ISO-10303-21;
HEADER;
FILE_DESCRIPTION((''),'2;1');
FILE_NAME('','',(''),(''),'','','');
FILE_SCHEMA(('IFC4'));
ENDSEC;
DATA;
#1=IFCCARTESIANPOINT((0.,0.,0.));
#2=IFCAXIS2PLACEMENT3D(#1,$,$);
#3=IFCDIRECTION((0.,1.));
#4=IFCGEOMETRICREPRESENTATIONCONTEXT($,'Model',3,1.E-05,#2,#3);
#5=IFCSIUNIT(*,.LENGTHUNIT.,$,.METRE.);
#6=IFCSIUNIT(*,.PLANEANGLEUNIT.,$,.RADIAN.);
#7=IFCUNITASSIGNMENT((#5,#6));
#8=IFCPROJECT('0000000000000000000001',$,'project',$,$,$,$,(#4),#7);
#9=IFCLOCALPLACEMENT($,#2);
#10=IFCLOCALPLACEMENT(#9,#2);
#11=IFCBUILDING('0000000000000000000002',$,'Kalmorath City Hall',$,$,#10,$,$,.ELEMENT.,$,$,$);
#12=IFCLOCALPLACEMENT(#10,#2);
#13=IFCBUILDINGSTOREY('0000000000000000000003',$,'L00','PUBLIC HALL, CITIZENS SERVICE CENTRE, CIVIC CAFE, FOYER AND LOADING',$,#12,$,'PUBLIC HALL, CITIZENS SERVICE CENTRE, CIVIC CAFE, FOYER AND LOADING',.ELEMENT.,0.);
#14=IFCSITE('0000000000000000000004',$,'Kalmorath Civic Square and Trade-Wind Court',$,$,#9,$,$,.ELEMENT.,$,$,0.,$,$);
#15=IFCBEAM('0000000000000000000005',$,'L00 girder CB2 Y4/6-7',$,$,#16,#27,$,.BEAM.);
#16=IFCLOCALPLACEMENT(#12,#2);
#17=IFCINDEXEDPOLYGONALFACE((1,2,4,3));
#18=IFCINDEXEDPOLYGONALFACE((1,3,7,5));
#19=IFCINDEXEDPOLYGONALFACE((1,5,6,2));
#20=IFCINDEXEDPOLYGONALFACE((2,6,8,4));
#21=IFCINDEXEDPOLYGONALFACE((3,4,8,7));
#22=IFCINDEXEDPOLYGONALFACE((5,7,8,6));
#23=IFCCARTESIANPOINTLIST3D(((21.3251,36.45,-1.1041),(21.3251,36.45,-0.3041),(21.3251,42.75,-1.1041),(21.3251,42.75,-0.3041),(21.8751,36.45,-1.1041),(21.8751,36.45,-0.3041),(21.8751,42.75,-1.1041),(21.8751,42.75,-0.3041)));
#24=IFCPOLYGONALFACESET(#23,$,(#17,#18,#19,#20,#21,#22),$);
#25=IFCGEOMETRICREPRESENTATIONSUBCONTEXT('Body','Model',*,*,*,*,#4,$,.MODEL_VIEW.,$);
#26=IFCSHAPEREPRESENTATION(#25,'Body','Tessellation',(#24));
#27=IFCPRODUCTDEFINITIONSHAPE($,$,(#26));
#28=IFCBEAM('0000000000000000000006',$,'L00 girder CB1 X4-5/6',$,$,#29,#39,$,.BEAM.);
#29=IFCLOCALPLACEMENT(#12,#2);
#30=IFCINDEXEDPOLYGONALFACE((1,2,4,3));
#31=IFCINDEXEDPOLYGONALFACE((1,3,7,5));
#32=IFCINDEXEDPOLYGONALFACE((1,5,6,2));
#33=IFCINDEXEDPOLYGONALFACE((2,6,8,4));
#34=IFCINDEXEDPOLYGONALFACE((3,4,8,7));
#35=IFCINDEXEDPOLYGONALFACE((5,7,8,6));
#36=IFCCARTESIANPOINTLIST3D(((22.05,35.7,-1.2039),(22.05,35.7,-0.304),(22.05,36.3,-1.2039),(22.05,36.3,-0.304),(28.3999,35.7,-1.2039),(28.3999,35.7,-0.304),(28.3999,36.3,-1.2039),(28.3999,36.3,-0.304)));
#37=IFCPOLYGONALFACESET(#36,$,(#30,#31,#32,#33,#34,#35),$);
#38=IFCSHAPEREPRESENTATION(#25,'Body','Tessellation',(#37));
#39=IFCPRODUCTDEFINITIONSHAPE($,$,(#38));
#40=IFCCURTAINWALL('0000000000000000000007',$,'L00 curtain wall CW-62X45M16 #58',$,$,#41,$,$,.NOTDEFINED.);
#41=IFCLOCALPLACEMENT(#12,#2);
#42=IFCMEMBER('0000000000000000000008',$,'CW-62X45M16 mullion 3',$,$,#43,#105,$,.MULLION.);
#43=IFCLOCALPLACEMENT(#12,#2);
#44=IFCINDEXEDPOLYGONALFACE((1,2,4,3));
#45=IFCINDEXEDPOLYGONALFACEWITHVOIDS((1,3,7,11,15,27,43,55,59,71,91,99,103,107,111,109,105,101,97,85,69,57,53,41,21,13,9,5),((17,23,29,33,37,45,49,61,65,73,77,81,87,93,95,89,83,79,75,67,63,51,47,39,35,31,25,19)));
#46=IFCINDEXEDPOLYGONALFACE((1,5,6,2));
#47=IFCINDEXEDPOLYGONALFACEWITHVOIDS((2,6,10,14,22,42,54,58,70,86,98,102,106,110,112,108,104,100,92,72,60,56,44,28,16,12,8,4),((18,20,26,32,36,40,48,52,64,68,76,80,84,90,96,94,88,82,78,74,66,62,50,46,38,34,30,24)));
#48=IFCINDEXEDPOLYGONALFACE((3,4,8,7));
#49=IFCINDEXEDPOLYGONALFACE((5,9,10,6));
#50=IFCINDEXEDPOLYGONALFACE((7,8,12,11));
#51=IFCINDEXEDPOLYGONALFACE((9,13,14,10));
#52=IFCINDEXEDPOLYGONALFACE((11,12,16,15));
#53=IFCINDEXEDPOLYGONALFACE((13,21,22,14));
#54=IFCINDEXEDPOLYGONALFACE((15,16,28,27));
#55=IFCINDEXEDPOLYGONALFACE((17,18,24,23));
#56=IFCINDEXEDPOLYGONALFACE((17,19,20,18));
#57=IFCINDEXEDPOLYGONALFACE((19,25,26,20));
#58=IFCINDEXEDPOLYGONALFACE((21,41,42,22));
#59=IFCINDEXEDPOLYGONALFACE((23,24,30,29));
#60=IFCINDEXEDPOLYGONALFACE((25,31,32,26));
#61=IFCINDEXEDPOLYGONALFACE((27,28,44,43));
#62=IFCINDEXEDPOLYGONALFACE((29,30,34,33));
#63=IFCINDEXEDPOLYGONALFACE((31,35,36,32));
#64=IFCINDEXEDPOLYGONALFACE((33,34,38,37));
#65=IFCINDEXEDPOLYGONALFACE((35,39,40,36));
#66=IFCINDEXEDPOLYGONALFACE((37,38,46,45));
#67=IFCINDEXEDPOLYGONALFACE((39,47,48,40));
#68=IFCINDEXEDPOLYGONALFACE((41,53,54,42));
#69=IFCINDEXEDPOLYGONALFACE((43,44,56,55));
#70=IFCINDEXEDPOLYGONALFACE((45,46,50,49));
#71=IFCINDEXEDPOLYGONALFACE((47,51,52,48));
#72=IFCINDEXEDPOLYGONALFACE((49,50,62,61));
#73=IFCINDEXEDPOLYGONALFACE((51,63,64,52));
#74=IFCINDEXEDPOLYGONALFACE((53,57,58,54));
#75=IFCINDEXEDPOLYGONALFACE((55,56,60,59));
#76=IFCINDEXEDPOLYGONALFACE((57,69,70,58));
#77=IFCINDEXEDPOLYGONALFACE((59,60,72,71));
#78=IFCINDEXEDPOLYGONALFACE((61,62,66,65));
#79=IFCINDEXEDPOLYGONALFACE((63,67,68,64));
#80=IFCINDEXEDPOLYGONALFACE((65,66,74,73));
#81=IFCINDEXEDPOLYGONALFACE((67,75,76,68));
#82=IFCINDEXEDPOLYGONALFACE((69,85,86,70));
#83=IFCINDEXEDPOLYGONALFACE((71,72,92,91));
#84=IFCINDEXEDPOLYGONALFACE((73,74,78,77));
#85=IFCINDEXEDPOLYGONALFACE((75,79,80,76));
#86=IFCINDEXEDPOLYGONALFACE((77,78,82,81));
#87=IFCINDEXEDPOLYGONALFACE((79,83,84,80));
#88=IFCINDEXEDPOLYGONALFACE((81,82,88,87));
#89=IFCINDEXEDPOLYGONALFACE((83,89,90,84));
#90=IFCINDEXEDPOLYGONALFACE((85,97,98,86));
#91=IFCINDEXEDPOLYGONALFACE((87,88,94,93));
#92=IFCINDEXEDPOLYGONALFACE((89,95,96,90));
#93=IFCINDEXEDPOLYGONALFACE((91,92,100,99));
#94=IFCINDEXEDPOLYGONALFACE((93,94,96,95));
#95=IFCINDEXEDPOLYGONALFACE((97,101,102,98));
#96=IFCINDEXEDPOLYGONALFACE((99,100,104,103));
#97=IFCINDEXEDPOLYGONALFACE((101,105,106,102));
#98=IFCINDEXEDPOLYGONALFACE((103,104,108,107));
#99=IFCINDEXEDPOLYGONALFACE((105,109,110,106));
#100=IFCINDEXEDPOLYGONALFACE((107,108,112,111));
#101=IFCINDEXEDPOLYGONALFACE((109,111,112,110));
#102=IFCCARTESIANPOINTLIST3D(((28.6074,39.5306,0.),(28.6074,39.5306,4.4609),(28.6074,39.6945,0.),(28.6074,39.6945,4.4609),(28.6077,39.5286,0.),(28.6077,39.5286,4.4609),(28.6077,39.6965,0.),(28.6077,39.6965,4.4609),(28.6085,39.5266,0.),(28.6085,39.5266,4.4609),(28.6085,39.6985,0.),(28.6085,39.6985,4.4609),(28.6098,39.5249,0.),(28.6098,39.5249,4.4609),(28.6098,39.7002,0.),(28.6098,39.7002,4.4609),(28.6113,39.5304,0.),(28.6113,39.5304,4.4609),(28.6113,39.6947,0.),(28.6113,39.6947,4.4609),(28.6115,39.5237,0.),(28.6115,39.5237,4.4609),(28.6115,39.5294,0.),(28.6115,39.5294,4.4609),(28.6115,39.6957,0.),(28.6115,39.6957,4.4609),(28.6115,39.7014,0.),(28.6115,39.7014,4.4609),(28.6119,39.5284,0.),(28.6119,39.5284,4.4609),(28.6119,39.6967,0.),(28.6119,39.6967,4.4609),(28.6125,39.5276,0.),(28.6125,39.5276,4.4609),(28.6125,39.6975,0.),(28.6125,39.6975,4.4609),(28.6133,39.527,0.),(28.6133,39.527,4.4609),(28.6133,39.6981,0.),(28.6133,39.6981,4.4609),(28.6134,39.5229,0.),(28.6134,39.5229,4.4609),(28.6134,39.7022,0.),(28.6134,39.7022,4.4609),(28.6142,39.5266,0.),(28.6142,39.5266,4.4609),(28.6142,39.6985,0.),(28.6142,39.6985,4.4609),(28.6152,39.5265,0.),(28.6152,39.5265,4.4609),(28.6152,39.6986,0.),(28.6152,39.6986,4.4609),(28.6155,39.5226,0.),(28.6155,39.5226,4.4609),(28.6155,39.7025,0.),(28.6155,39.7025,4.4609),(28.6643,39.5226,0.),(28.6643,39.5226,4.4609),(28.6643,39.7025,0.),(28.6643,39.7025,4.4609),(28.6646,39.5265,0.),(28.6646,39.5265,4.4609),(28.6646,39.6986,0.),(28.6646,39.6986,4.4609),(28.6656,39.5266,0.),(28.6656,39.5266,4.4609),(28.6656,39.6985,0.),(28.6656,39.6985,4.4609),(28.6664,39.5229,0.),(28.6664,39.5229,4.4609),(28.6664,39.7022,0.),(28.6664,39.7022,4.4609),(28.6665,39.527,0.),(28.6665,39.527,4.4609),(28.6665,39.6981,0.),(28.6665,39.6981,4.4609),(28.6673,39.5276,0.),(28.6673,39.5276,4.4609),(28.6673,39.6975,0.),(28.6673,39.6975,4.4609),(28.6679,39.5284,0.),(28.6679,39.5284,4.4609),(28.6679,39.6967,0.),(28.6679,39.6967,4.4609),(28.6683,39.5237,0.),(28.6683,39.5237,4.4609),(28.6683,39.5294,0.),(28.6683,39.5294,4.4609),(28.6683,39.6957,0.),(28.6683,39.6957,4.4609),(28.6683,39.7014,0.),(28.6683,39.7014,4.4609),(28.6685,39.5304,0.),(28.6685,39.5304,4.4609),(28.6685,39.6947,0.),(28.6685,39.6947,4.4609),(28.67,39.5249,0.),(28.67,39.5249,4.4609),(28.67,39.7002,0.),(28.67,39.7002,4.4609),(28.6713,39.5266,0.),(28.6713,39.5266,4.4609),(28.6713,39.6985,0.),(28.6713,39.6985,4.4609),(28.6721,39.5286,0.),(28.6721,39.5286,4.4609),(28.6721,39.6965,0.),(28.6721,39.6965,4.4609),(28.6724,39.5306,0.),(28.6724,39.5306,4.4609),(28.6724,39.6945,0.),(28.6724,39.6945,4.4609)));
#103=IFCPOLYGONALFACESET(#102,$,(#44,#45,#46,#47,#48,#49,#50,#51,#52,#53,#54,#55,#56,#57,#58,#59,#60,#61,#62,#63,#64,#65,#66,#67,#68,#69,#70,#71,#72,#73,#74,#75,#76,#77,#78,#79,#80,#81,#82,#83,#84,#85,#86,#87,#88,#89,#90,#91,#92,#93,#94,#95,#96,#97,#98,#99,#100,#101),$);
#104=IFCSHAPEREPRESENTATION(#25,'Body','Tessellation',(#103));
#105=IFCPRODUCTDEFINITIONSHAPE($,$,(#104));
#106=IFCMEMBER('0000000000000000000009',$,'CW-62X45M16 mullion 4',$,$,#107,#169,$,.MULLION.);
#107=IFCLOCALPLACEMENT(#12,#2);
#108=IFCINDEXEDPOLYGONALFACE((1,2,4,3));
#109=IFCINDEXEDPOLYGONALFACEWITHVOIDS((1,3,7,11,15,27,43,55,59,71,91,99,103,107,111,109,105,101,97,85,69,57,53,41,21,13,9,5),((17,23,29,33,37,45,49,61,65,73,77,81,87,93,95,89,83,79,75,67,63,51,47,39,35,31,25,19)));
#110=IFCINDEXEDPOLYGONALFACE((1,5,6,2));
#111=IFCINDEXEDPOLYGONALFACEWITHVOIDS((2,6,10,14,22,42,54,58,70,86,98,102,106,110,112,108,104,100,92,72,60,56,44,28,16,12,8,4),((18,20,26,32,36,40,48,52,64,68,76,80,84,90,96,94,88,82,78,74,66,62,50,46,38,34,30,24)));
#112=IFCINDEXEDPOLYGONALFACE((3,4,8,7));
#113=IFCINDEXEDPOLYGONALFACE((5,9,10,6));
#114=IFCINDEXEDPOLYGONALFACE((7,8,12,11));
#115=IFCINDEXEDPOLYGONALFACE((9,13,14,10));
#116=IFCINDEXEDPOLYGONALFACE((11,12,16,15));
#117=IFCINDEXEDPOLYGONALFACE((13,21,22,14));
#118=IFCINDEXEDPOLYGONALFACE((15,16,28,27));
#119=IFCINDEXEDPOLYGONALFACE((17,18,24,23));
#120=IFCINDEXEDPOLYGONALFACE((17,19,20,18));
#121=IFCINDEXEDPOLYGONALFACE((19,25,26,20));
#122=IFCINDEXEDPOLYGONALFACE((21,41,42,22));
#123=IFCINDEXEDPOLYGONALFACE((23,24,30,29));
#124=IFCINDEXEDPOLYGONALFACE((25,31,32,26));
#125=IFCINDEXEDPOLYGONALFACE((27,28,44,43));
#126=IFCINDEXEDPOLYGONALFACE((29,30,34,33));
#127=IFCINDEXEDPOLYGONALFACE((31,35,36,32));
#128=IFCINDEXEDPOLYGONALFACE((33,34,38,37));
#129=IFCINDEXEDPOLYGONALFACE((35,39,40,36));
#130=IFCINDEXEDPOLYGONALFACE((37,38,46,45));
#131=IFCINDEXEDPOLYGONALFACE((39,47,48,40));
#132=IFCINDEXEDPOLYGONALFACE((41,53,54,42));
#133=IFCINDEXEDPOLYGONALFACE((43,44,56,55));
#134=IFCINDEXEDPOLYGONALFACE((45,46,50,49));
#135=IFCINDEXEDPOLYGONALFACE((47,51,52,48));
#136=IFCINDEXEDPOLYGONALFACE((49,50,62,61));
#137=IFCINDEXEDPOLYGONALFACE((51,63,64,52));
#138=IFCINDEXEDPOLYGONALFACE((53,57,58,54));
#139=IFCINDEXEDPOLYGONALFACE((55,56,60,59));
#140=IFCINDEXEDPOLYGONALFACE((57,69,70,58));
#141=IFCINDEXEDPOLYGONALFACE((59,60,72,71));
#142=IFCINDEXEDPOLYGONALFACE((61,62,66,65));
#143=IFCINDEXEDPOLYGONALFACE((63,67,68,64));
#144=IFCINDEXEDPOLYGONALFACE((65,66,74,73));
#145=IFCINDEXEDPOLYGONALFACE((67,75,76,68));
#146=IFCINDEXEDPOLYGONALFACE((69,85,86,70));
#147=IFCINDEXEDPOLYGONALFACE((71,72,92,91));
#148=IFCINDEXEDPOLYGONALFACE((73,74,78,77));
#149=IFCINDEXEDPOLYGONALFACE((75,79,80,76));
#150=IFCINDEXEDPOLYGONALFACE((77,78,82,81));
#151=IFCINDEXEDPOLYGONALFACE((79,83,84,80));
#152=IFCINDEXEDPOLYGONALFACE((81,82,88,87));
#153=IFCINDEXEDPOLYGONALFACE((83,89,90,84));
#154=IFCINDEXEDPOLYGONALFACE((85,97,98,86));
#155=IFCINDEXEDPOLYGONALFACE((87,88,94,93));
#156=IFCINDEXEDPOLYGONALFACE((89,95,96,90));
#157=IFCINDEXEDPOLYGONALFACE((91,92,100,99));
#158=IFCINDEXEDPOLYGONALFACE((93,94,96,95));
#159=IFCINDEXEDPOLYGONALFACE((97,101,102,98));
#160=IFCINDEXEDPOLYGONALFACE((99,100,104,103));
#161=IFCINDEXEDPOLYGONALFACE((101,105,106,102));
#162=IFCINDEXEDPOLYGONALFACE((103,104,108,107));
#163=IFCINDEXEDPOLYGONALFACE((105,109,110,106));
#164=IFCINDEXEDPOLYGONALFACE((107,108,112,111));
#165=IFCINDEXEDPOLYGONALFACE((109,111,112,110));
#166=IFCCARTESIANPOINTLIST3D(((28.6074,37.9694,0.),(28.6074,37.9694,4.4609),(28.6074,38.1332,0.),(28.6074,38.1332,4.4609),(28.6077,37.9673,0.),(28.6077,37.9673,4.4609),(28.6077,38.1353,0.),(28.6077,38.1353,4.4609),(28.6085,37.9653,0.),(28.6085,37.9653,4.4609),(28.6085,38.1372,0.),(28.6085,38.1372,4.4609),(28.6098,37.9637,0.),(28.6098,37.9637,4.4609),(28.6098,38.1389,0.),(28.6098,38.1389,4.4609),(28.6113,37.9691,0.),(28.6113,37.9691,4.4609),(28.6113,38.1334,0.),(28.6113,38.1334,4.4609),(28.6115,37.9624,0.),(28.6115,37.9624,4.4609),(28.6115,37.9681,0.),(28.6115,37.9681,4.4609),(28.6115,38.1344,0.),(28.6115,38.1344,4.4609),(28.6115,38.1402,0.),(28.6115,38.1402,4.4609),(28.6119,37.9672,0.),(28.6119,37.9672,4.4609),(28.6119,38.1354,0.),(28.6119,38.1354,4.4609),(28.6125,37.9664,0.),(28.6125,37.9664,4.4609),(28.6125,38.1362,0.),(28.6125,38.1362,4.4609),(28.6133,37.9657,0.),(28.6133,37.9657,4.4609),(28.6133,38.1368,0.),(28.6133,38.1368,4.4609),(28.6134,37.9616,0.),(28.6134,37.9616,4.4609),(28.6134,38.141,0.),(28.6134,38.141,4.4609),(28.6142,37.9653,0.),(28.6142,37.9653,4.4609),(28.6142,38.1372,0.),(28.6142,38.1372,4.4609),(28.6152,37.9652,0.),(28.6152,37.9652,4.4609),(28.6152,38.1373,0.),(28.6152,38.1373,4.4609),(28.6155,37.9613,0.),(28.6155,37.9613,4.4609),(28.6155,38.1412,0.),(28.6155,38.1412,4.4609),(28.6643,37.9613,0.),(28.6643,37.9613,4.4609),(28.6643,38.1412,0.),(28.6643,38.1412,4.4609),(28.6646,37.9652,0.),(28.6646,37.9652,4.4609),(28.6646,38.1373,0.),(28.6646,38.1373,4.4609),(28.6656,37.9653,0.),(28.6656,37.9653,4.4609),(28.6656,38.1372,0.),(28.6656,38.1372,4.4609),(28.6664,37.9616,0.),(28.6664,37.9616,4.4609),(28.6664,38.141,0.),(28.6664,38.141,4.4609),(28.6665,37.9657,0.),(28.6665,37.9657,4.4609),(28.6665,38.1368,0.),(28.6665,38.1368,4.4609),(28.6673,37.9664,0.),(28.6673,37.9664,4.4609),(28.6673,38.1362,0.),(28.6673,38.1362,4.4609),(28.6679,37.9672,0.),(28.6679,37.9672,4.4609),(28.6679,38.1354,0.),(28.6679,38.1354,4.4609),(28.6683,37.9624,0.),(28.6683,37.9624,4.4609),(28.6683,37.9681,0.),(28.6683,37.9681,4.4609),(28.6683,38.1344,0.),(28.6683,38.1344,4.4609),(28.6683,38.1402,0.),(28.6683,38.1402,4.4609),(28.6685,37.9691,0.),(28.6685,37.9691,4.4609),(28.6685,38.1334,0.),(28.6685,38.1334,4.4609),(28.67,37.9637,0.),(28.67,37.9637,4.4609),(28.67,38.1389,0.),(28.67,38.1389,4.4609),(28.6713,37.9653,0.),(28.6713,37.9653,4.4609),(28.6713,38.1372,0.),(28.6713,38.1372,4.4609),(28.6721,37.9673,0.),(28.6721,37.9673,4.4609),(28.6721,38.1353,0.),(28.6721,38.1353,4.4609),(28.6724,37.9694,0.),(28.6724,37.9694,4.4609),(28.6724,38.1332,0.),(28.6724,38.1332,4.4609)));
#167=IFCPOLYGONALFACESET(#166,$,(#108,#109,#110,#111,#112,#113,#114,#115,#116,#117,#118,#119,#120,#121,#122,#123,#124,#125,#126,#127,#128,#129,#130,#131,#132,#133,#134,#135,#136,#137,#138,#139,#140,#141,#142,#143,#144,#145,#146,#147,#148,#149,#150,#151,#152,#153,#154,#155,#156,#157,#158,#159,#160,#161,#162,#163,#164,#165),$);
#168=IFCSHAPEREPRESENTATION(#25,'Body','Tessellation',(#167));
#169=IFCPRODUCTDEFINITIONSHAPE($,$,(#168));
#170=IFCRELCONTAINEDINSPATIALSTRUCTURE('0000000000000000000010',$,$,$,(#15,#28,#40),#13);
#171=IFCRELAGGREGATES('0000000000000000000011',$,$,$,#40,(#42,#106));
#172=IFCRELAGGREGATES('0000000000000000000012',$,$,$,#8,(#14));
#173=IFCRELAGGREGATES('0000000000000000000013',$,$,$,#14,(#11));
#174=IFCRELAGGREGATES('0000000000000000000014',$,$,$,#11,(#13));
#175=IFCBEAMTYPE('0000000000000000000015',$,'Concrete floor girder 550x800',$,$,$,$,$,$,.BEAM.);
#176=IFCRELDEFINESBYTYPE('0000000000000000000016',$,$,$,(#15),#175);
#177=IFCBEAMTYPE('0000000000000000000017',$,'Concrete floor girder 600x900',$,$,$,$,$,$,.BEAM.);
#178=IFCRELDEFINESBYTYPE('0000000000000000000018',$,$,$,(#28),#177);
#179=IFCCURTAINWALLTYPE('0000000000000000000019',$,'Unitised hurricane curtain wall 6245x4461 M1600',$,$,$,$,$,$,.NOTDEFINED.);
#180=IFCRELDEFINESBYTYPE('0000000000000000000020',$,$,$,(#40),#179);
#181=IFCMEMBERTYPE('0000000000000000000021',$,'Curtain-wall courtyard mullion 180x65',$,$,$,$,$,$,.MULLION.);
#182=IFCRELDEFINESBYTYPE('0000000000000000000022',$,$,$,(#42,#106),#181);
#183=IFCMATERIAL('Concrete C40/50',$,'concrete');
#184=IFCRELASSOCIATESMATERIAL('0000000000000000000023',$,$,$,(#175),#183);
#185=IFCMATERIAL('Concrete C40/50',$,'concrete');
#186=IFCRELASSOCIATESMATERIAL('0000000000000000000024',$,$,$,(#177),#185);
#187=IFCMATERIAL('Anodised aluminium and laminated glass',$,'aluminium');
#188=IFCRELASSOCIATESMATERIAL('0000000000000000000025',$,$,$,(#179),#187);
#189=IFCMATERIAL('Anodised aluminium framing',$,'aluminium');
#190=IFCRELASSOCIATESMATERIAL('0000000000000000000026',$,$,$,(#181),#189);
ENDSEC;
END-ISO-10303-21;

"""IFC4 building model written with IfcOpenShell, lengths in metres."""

from ifc_helpers import new_model, si_unit, direction, frame, origin, origin_2d, place, context, subcontext, project, spatial, rectangle, hollow_rectangle, extrude, material, material_profile, profile_set, type_object, element, aggregate, save


model = new_model("IFC4")

# Units and contexts
model_context = context("Model", 3, precision=1e-05, world=origin(), true_north=direction((0.0, 1.0)))
body_context = subcontext(model_context, "Body", "Model", "MODEL_VIEW")
ifc_project = project(units=[si_unit("LENGTHUNIT", "METRE"), si_unit("PLANEANGLEUNIT", "RADIAN")], contexts=[model_context])

# Site, building, storey
site_placement = place(None, origin())
site = spatial("IfcSite", under=ifc_project, at=site_placement, Name="Kalmorath Civic Square and Trade-Wind Court", CompositionType="ELEMENT", RefElevation=0.0)
building_placement = place(site_placement, origin())
building = spatial("IfcBuilding", under=site, at=building_placement, Name="Kalmorath City Hall", CompositionType="ELEMENT")
storey_placement = place(building_placement, origin())
storey = spatial("IfcBuildingStorey", under=building, at=storey_placement, Name="L00", Description="PUBLIC HALL, CITIZENS SERVICE CENTRE, CIVIC CAFE, FOYER AND LOADING", LongName="PUBLIC HALL, CITIZENS SERVICE CENTRE, CIVIC CAFE, FOYER AND LOADING", CompositionType="ELEMENT", Elevation=0.0)

# Beams
ifc_material_1 = material(Name="Concrete C40/50", Category="concrete")
ifc_material_profile_1 = material_profile(ifc_material_1, rectangle(XDim=0.55, YDim=0.8, at=origin_2d()), Name="RC-BM-550X800")
ifc_profile_set_1 = profile_set([ifc_material_profile_1], Name="Concrete C40/50")
beam_type_1 = type_object("IfcBeamType", Name="Concrete floor girder 550x800", PredefinedType="BEAM", material=ifc_profile_set_1)
beam_1_placement = place(storey_placement, frame((21.6001, 36.45, -0.7041), z_axis=(0.0, 1.0, 0.0), x_axis=(-1.0, 0.0, 0.0)))
element("IfcBeam", 1, at=beam_1_placement, inside=storey, type_object=beam_type_1, Name="L00 girder CB2 Y4/6-7", PredefinedType="BEAM", context=body_context, shape_type="SweptSolid", body=[
    extrude(rectangle(XDim=0.55, YDim=0.8, at=origin_2d()), origin(), (0.0, 0.0, 1.0), 6.3),
])
ifc_material_2 = material(Name="Concrete C40/50", Category="concrete")
ifc_material_profile_2 = material_profile(ifc_material_2, rectangle(XDim=0.6001, YDim=0.8999, at=origin_2d()), Name="RC-BM-600X900")
ifc_profile_set_2 = profile_set([ifc_material_profile_2], Name="Concrete C40/50")
beam_type_2 = type_object("IfcBeamType", Name="Concrete floor girder 600x900", PredefinedType="BEAM", material=ifc_profile_set_2)
beam_2_placement = place(storey_placement, frame((22.05, 36.0, -0.7539), z_axis=(1.0, 0.0, 0.0), x_axis=(0.0, 1.0, 0.0)))
element("IfcBeam", 2, at=beam_2_placement, inside=storey, type_object=beam_type_2, Name="L00 girder CB1 X4-5/6", PredefinedType="BEAM", context=body_context, shape_type="SweptSolid", body=[
    extrude(rectangle(XDim=0.6001, YDim=0.8999, at=origin_2d()), origin(), (0.0, 0.0, 1.0), 6.3499),
])

# Curtain wall, members
ifc_material_3 = material(Name="Anodised aluminium and laminated glass", Category="aluminium")
curtain_wall_type = type_object("IfcCurtainWallType", Name="Unitised hurricane curtain wall 6245x4461 M1600", PredefinedType="NOTDEFINED", material=ifc_material_3)
curtain_wall_placement = place(storey_placement, origin())
curtain_wall = element("IfcCurtainWall", 3, at=curtain_wall_placement, inside=storey, type_object=curtain_wall_type, Name="L00 curtain wall CW-62X45M16 #58", PredefinedType="NOTDEFINED")
ifc_material_4 = material(Name="Anodised aluminium framing", Category="aluminium")
ifc_material_profile_3 = material_profile(ifc_material_4, hollow_rectangle(XDim=0.0649, YDim=0.1799, WallThickness=0.0039, InnerFilletRadius=0.0039, OuterFilletRadius=0.0081, at=origin_2d()), Name="ALU-MUL-180X65X4")
ifc_profile_set_3 = profile_set([ifc_material_profile_3], Name="Anodised aluminium framing")
member_type_1 = type_object("IfcMemberType", Name="Curtain-wall courtyard mullion 180x65", PredefinedType="MULLION", material=ifc_profile_set_3)
member_1_placement = place(storey_placement, frame((28.6399, 39.6125, 0.0), z_axis=(0.0, 0.0, 1.0), x_axis=(1.0, 0.0, 0.0)))
member_1 = element("IfcMember", 4, at=member_1_placement, type_object=member_type_1, Name="CW-62X45M16 mullion 3", PredefinedType="MULLION", context=body_context, shape_type="SweptSolid", body=[
    extrude(hollow_rectangle(XDim=0.0649, YDim=0.1799, WallThickness=0.0039, InnerFilletRadius=0.0039, OuterFilletRadius=0.0081, at=origin_2d()), origin(), (0.0, 0.0, 1.0), 4.4609),
])
member_2_placement = place(storey_placement, frame((28.6399, 38.0513, 0.0), z_axis=(0.0, 0.0, 1.0), x_axis=(1.0, 0.0, 0.0)))
member_2 = element("IfcMember", 5, at=member_2_placement, type_object=member_type_1, Name="CW-62X45M16 mullion 4", PredefinedType="MULLION", context=body_context, shape_type="SweptSolid", body=[
    extrude(hollow_rectangle(XDim=0.0649, YDim=0.1799, WallThickness=0.0039, InnerFilletRadius=0.0039, OuterFilletRadius=0.0081, at=origin_2d()), origin(), (0.0, 0.0, 1.0), 4.4609),
])

aggregate(curtain_wall, [member_1, member_2])

save(model, "model.ifc")
